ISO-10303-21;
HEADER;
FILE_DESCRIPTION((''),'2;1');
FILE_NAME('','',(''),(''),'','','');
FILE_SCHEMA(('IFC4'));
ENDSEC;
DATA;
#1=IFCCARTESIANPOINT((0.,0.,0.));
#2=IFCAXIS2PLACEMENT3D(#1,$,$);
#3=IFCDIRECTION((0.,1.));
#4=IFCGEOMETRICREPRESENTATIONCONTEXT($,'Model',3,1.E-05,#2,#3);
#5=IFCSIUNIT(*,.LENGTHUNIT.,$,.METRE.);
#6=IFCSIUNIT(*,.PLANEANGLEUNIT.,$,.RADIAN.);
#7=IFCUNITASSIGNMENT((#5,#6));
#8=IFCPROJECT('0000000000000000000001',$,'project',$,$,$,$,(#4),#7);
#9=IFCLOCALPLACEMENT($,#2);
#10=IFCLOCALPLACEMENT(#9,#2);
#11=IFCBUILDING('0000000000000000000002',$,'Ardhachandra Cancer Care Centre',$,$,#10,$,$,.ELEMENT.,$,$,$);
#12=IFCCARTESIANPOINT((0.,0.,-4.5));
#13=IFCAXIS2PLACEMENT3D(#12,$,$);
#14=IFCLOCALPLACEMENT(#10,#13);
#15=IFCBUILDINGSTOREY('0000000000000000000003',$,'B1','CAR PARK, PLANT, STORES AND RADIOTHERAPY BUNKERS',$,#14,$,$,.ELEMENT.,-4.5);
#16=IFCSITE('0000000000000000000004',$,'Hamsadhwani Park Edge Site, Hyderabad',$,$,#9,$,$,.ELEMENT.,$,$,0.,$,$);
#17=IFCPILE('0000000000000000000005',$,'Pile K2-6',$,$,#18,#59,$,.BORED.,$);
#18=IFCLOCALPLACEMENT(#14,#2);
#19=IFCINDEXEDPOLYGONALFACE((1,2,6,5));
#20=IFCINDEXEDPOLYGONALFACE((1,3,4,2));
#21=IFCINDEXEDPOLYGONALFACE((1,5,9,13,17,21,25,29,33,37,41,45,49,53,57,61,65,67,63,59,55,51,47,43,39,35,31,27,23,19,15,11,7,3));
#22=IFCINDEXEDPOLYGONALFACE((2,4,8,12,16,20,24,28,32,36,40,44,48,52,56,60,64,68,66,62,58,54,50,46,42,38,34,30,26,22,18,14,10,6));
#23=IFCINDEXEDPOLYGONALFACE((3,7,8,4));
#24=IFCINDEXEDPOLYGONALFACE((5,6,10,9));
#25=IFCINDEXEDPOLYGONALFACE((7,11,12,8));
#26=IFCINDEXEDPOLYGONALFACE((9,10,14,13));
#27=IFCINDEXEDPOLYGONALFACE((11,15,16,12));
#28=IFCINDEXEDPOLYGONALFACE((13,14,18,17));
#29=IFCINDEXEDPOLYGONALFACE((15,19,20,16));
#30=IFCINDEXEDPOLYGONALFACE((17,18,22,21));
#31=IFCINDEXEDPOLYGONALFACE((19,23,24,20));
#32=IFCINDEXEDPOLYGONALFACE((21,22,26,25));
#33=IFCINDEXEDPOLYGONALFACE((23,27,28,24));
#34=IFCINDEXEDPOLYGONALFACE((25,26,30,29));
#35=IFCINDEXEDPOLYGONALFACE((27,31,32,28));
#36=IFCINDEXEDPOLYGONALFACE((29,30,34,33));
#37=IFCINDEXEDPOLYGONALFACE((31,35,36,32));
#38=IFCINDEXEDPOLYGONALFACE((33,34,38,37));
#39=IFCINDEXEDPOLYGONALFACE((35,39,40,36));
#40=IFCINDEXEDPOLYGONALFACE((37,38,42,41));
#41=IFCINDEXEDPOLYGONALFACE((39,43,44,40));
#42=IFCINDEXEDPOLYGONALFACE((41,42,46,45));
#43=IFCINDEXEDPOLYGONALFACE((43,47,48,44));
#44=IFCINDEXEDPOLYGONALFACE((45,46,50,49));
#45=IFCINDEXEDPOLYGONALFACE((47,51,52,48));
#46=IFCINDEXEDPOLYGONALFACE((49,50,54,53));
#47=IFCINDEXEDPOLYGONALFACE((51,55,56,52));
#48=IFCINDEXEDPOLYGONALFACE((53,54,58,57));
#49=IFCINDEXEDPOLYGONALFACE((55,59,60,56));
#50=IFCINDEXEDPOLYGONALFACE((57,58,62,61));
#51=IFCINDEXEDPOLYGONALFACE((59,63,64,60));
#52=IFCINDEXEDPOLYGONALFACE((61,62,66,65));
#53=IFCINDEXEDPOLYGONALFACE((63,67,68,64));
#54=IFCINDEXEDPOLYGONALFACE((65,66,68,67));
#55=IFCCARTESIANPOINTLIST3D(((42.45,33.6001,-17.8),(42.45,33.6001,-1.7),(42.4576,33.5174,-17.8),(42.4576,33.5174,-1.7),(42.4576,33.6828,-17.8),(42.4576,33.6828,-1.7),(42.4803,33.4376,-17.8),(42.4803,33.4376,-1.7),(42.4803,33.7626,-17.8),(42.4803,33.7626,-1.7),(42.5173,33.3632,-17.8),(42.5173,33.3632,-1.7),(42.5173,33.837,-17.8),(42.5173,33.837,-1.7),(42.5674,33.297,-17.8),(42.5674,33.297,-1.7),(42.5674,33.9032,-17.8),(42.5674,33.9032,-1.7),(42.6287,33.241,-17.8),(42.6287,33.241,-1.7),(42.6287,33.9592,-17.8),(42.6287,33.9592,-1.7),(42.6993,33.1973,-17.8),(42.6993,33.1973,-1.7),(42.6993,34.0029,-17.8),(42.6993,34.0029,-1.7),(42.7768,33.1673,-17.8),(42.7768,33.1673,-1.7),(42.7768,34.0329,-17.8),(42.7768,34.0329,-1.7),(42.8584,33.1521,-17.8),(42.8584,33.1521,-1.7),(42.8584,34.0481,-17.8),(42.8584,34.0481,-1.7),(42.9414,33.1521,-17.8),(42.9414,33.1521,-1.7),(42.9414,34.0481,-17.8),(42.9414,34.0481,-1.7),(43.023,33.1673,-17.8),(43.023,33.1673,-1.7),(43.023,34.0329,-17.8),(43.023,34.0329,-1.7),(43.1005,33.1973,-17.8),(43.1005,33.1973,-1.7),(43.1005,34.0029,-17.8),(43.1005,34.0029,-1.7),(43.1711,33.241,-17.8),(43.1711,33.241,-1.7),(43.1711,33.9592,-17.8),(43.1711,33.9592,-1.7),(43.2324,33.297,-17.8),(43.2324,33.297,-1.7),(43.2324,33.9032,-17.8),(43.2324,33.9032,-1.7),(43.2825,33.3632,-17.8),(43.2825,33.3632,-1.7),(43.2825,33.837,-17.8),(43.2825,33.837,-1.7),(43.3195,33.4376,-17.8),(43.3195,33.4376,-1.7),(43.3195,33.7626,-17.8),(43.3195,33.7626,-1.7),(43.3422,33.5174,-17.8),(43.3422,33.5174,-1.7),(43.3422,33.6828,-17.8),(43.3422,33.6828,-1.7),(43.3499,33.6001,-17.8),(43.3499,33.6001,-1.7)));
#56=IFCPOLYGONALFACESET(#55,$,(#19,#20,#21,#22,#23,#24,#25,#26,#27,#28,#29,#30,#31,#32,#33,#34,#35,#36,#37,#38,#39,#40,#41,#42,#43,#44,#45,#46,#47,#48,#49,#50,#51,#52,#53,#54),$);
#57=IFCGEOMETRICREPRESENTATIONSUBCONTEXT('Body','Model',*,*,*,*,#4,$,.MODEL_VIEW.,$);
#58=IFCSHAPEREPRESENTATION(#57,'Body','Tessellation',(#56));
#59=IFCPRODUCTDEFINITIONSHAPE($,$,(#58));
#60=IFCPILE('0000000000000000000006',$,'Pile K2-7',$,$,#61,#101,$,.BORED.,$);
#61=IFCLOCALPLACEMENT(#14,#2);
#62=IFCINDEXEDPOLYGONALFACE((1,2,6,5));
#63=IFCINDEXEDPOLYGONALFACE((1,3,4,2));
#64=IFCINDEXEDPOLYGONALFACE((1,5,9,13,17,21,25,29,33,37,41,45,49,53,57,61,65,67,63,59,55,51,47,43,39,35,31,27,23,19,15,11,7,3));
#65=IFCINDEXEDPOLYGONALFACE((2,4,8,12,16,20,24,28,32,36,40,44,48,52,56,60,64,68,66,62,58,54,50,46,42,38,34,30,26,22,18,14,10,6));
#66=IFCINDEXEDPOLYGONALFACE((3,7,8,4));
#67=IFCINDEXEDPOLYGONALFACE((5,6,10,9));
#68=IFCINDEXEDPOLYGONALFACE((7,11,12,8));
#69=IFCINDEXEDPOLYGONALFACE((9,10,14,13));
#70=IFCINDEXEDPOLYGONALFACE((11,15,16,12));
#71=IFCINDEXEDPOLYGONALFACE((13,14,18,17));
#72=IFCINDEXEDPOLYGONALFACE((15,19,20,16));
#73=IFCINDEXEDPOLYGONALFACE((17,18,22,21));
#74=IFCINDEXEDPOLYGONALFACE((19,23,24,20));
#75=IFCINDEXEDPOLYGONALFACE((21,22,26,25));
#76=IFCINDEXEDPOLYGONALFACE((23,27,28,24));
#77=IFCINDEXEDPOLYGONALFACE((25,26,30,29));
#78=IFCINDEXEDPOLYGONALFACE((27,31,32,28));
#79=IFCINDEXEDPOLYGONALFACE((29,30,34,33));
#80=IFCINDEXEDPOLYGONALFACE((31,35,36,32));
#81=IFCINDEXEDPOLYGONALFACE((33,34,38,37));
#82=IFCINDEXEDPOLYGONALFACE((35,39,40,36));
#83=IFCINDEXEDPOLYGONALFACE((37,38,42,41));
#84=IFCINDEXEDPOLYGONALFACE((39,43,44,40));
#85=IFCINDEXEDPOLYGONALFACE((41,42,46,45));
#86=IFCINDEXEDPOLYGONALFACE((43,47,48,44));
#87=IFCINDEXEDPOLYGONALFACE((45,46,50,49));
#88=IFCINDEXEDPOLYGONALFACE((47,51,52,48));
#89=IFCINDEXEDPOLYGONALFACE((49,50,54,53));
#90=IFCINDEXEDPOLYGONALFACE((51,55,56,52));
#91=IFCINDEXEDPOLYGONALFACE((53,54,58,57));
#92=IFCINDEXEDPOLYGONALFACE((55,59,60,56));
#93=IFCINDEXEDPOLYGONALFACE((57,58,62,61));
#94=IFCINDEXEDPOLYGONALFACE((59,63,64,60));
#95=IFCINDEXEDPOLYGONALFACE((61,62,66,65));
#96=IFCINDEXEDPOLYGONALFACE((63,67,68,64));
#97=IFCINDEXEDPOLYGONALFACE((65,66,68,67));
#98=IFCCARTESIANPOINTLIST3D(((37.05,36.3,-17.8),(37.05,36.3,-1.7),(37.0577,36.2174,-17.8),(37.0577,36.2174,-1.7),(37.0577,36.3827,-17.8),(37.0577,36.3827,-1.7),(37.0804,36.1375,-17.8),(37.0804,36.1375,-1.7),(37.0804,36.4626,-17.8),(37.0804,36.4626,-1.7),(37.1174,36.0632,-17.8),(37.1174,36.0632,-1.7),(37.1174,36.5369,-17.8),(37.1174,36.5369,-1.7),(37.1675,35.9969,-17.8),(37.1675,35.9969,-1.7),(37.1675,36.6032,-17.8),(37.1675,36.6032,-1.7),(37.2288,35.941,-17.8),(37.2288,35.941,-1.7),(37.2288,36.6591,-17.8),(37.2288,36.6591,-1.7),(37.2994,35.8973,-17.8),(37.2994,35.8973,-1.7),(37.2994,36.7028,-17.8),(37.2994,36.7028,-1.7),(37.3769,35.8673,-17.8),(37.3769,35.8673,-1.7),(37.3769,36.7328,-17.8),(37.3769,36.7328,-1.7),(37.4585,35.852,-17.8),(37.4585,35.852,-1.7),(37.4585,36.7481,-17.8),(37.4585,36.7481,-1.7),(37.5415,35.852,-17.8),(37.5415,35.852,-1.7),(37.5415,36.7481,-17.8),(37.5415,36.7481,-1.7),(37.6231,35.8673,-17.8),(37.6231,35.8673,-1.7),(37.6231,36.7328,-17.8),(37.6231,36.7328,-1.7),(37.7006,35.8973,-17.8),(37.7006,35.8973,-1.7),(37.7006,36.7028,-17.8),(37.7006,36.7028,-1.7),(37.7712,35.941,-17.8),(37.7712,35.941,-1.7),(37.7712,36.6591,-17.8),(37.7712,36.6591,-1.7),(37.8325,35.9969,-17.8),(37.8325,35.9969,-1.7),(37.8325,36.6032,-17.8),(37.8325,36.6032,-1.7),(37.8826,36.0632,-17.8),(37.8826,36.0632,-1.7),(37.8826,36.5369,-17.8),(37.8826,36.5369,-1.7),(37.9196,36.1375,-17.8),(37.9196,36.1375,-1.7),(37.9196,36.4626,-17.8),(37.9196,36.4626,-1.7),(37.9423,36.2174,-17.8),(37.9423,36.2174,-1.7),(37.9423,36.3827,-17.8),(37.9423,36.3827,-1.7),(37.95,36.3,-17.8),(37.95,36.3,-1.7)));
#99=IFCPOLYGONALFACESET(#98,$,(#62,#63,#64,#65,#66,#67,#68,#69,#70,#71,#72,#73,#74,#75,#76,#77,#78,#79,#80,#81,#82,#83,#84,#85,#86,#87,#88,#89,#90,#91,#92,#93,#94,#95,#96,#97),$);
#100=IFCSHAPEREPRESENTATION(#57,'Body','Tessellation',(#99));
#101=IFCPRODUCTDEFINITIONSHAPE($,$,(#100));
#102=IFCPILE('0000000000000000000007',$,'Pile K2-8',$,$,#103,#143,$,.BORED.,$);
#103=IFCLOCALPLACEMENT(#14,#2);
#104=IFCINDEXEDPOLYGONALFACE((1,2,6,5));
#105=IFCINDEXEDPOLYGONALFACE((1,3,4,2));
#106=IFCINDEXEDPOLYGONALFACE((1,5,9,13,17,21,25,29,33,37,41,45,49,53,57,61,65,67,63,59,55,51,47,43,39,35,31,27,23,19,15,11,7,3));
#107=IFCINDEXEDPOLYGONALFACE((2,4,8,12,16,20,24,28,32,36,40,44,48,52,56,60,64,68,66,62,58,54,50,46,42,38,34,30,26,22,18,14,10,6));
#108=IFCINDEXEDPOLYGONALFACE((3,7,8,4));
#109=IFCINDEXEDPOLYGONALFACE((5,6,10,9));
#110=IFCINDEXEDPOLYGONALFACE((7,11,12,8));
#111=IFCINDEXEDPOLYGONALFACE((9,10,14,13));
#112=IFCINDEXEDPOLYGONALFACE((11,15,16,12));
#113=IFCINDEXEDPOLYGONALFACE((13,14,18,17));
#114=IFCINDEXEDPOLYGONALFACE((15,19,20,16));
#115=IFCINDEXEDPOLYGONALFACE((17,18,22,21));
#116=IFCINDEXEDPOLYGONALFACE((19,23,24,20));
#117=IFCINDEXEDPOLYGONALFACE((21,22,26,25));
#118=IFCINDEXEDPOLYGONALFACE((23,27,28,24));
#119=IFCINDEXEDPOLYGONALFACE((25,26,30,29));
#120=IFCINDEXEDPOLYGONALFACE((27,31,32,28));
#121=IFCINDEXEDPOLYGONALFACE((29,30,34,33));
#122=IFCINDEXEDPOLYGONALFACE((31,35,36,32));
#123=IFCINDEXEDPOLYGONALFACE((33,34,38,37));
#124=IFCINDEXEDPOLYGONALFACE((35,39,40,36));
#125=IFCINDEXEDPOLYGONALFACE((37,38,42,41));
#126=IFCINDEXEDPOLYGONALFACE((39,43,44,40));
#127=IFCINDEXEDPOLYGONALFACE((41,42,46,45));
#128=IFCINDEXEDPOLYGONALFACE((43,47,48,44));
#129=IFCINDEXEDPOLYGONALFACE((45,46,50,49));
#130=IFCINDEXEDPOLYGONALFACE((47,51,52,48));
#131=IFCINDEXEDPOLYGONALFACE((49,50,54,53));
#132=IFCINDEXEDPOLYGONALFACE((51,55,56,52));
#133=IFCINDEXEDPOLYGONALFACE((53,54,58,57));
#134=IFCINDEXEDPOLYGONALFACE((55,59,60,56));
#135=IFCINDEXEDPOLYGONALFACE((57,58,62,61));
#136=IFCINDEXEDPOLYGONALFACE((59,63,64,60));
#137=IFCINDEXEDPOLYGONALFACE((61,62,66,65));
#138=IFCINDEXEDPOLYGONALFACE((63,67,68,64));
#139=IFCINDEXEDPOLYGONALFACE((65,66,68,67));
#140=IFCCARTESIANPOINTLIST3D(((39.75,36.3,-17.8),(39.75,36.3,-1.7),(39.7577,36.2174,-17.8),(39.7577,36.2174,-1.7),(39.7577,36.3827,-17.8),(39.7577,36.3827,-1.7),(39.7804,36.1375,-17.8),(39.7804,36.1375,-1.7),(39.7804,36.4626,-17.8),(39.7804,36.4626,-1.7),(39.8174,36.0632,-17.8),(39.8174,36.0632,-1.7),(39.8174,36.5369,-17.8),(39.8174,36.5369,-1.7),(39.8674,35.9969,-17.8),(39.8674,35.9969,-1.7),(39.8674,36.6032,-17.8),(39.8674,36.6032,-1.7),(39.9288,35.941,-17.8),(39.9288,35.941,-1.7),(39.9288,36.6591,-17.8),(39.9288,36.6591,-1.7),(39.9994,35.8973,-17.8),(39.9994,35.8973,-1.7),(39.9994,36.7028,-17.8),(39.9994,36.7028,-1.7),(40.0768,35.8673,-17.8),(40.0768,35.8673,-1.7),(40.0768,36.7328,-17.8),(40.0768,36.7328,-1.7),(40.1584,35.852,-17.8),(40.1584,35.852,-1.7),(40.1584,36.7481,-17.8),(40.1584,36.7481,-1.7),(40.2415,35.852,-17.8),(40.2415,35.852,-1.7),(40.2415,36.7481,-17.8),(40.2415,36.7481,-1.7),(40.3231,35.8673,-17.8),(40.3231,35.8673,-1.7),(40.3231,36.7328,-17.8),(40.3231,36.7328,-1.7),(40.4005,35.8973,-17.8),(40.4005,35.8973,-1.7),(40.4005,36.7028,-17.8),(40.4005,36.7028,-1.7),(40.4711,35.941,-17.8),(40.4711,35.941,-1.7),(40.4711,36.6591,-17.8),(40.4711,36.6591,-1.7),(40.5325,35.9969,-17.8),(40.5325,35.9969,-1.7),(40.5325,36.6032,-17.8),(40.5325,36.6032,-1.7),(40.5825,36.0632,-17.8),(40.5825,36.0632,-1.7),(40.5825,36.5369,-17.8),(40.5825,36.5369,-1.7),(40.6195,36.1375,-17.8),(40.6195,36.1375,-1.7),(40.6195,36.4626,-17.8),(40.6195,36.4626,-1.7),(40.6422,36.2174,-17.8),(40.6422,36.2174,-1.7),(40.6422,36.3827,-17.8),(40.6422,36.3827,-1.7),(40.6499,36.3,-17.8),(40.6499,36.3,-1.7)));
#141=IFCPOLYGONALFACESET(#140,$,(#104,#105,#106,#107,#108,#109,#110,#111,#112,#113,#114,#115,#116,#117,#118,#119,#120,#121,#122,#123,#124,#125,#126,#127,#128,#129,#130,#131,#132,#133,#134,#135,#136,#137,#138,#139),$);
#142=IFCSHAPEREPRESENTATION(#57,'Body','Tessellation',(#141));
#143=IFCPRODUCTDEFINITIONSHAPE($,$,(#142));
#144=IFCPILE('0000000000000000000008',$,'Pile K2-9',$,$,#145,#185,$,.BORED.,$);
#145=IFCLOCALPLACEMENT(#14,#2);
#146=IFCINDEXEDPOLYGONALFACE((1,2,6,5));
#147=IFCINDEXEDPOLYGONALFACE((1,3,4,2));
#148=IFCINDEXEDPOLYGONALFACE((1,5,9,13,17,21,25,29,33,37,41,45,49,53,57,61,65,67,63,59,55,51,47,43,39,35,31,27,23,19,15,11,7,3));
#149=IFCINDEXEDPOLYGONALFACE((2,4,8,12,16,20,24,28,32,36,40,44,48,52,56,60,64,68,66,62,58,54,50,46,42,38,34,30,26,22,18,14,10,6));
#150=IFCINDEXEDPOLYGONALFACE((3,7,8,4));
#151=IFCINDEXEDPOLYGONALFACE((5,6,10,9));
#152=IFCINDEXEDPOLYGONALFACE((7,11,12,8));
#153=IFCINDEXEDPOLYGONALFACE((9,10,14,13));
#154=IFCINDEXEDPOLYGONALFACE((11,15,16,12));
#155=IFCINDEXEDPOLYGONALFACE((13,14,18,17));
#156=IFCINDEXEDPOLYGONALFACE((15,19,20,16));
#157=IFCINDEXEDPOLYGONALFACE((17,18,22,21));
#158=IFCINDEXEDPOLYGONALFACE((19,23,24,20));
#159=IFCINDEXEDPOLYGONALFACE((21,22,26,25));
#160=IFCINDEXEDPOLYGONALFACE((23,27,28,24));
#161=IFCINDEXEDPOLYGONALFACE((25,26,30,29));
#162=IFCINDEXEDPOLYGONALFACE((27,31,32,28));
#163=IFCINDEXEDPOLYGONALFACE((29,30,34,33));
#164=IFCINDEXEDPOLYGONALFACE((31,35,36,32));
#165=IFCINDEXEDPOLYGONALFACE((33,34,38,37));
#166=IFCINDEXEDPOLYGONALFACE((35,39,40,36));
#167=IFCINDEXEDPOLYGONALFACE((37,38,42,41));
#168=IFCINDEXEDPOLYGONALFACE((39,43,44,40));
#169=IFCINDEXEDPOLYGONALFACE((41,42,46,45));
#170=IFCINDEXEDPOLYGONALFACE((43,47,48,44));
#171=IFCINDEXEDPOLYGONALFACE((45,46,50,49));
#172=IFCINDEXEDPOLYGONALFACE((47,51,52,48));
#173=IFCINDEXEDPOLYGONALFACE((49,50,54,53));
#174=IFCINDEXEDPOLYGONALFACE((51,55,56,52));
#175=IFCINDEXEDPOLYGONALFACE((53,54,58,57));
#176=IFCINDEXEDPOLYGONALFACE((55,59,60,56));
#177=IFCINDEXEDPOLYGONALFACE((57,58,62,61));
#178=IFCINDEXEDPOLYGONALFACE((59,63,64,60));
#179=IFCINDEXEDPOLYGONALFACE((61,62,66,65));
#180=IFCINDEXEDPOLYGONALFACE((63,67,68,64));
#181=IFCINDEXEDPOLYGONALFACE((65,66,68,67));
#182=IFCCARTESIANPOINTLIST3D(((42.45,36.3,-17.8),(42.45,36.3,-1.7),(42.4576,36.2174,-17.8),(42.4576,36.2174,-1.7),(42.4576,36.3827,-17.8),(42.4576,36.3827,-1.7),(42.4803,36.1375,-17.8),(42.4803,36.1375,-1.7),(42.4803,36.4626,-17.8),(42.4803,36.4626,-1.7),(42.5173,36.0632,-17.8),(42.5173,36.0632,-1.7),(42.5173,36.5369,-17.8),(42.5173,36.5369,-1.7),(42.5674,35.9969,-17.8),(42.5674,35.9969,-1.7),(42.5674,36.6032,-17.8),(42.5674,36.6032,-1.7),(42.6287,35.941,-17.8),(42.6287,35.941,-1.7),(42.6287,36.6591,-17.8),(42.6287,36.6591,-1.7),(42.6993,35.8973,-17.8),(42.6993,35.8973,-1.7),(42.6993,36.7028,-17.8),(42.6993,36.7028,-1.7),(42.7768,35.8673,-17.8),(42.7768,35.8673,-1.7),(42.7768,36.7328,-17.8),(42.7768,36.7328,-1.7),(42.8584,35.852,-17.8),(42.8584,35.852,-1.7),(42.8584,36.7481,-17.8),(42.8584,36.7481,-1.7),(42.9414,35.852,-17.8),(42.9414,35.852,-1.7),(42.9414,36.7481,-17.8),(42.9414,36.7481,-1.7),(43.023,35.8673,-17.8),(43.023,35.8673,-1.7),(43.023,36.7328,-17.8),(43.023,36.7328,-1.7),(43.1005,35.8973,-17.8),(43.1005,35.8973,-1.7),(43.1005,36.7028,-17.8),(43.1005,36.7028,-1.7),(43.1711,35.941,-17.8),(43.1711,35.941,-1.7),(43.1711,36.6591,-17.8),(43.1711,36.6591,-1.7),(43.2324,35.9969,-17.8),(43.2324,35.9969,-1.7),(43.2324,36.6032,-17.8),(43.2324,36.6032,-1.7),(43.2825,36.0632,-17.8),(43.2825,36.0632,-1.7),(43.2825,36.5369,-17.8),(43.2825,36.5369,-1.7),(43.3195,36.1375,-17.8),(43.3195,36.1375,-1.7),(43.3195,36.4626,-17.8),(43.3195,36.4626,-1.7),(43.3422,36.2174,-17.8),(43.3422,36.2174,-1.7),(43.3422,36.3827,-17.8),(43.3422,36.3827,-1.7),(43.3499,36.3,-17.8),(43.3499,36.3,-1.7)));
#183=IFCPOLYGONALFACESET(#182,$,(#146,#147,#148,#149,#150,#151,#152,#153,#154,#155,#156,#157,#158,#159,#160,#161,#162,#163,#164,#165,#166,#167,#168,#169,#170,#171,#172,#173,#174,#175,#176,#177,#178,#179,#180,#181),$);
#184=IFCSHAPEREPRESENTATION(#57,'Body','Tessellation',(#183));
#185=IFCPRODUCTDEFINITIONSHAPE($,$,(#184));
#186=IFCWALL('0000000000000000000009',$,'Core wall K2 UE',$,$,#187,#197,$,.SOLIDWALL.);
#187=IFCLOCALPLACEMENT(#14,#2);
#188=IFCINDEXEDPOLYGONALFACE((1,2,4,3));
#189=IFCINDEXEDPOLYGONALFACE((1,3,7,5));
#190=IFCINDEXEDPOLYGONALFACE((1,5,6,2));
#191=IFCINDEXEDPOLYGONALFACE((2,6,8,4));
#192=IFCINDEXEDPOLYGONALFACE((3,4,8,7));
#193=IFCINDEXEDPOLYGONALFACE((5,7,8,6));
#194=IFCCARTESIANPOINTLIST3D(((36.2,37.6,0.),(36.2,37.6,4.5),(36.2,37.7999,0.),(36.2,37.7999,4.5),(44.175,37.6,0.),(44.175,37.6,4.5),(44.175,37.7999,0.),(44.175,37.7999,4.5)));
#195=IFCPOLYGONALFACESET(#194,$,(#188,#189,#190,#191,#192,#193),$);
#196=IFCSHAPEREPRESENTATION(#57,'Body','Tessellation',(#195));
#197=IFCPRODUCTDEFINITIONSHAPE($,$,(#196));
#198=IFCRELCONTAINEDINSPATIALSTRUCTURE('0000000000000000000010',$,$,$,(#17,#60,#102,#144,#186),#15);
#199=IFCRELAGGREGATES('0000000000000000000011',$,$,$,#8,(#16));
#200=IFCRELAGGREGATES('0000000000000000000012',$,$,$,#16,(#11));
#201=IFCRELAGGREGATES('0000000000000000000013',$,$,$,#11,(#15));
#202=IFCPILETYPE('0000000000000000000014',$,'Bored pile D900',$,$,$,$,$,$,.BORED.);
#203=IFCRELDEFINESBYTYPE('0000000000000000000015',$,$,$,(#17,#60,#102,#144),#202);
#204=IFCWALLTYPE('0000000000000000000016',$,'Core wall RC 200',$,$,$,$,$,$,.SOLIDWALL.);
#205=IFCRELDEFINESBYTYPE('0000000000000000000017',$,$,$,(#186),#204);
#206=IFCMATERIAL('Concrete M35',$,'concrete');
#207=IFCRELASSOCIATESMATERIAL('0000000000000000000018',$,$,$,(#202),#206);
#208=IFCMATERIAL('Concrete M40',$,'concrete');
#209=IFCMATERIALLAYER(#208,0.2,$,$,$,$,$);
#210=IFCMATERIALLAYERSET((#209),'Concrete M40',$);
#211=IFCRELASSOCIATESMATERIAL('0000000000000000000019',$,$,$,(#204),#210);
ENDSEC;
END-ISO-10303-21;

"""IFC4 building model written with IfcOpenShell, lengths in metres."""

from ifc_helpers import new_model, si_unit, direction, frame, frame_2d, origin, origin_2d, place, context, subcontext, project, spatial, rectangle, circle, extrude, material, layer, layer_set, material_profile, profile_set, type_object, element, save


model = new_model("IFC4")

# Units and contexts
model_context = context("Model", 3, precision=1e-05, world=origin(), true_north=direction((0.0, 1.0)))
body_context = subcontext(model_context, "Body", "Model", "MODEL_VIEW")
ifc_project = project(units=[si_unit("LENGTHUNIT", "METRE"), si_unit("PLANEANGLEUNIT", "RADIAN")], contexts=[model_context])

# Site, building, storey
site_placement = place(None, origin())
site = spatial("IfcSite", under=ifc_project, at=site_placement, Name="Hamsadhwani Park Edge Site, Hyderabad", CompositionType="ELEMENT", RefElevation=0.0)
building_placement = place(site_placement, origin())
building = spatial("IfcBuilding", under=site, at=building_placement, Name="Ardhachandra Cancer Care Centre", CompositionType="ELEMENT")
storey_placement = place(building_placement, frame((0.0, 0.0, -4.5)))
storey = spatial("IfcBuildingStorey", under=building, at=storey_placement, Name="B1", Description="CAR PARK, PLANT, STORES AND RADIOTHERAPY BUNKERS", CompositionType="ELEMENT", Elevation=-4.5)

# Piles
ifc_material_1 = material(Name="Concrete M35", Category="concrete")
ifc_material_profile_1 = material_profile(ifc_material_1, circle(Radius=0.45, at=origin_2d()), Name="D900")
ifc_profile_set_1 = profile_set([ifc_material_profile_1], Name="Concrete M35")
pile_type_1 = type_object("IfcPileType", Name="Bored pile D900", PredefinedType="BORED", material=ifc_profile_set_1)
for number, where, z_axis, x_axis, name in (
    (1, (42.8999, 33.6001, -1.7), (0.0, 0.0, -1.0), (1.0, 0.0, 0.0), "Pile K2-6"),
    (2, (37.5, 36.3, -1.7), (0.0, 0.0, -1.0), (1.0, 0.0, 0.0), "Pile K2-7"),
    (3, (40.2, 36.3, -1.7), (0.0, 0.0, -1.0), (1.0, 0.0, 0.0), "Pile K2-8"),
    (4, (42.8999, 36.3, -1.7), (0.0, 0.0, -1.0), (1.0, 0.0, 0.0), "Pile K2-9"),
):
    element("IfcPile", number, at=place(storey_placement, frame(where, z_axis=z_axis, x_axis=x_axis)), inside=storey, type_object=pile_type_1, Name=name, PredefinedType="BORED", context=body_context, shape_type="SweptSolid", body=[
        extrude(circle(Radius=0.45, at=origin_2d()), origin(), (0.0, 0.0, 1.0), 16.1001),
    ])

# Wall
ifc_material_2 = material(Name="Concrete M40", Category="concrete")
ifc_layer = layer(ifc_material_2, 0.2)
ifc_layer_set = layer_set([ifc_layer], Name="Concrete M40")
wall_type = type_object("IfcWallType", Name="Core wall RC 200", PredefinedType="SOLIDWALL", material=ifc_layer_set)
wall_1_placement = place(storey_placement, frame((36.2, 37.7, 0.0), z_axis=(0.0, 0.0, 1.0), x_axis=(1.0, 0.0, 0.0)))
element("IfcWall", 5, at=wall_1_placement, inside=storey, type_object=wall_type, Name="Core wall K2 UE", PredefinedType="SOLIDWALL", context=body_context, shape_type="SweptSolid", body=[
    extrude(rectangle(XDim=7.9751, YDim=0.2, at=frame_2d((3.9875, 0.0))), origin(), (0.0, 0.0, 1.0), 4.5),
])

save(model, "model.ifc")
